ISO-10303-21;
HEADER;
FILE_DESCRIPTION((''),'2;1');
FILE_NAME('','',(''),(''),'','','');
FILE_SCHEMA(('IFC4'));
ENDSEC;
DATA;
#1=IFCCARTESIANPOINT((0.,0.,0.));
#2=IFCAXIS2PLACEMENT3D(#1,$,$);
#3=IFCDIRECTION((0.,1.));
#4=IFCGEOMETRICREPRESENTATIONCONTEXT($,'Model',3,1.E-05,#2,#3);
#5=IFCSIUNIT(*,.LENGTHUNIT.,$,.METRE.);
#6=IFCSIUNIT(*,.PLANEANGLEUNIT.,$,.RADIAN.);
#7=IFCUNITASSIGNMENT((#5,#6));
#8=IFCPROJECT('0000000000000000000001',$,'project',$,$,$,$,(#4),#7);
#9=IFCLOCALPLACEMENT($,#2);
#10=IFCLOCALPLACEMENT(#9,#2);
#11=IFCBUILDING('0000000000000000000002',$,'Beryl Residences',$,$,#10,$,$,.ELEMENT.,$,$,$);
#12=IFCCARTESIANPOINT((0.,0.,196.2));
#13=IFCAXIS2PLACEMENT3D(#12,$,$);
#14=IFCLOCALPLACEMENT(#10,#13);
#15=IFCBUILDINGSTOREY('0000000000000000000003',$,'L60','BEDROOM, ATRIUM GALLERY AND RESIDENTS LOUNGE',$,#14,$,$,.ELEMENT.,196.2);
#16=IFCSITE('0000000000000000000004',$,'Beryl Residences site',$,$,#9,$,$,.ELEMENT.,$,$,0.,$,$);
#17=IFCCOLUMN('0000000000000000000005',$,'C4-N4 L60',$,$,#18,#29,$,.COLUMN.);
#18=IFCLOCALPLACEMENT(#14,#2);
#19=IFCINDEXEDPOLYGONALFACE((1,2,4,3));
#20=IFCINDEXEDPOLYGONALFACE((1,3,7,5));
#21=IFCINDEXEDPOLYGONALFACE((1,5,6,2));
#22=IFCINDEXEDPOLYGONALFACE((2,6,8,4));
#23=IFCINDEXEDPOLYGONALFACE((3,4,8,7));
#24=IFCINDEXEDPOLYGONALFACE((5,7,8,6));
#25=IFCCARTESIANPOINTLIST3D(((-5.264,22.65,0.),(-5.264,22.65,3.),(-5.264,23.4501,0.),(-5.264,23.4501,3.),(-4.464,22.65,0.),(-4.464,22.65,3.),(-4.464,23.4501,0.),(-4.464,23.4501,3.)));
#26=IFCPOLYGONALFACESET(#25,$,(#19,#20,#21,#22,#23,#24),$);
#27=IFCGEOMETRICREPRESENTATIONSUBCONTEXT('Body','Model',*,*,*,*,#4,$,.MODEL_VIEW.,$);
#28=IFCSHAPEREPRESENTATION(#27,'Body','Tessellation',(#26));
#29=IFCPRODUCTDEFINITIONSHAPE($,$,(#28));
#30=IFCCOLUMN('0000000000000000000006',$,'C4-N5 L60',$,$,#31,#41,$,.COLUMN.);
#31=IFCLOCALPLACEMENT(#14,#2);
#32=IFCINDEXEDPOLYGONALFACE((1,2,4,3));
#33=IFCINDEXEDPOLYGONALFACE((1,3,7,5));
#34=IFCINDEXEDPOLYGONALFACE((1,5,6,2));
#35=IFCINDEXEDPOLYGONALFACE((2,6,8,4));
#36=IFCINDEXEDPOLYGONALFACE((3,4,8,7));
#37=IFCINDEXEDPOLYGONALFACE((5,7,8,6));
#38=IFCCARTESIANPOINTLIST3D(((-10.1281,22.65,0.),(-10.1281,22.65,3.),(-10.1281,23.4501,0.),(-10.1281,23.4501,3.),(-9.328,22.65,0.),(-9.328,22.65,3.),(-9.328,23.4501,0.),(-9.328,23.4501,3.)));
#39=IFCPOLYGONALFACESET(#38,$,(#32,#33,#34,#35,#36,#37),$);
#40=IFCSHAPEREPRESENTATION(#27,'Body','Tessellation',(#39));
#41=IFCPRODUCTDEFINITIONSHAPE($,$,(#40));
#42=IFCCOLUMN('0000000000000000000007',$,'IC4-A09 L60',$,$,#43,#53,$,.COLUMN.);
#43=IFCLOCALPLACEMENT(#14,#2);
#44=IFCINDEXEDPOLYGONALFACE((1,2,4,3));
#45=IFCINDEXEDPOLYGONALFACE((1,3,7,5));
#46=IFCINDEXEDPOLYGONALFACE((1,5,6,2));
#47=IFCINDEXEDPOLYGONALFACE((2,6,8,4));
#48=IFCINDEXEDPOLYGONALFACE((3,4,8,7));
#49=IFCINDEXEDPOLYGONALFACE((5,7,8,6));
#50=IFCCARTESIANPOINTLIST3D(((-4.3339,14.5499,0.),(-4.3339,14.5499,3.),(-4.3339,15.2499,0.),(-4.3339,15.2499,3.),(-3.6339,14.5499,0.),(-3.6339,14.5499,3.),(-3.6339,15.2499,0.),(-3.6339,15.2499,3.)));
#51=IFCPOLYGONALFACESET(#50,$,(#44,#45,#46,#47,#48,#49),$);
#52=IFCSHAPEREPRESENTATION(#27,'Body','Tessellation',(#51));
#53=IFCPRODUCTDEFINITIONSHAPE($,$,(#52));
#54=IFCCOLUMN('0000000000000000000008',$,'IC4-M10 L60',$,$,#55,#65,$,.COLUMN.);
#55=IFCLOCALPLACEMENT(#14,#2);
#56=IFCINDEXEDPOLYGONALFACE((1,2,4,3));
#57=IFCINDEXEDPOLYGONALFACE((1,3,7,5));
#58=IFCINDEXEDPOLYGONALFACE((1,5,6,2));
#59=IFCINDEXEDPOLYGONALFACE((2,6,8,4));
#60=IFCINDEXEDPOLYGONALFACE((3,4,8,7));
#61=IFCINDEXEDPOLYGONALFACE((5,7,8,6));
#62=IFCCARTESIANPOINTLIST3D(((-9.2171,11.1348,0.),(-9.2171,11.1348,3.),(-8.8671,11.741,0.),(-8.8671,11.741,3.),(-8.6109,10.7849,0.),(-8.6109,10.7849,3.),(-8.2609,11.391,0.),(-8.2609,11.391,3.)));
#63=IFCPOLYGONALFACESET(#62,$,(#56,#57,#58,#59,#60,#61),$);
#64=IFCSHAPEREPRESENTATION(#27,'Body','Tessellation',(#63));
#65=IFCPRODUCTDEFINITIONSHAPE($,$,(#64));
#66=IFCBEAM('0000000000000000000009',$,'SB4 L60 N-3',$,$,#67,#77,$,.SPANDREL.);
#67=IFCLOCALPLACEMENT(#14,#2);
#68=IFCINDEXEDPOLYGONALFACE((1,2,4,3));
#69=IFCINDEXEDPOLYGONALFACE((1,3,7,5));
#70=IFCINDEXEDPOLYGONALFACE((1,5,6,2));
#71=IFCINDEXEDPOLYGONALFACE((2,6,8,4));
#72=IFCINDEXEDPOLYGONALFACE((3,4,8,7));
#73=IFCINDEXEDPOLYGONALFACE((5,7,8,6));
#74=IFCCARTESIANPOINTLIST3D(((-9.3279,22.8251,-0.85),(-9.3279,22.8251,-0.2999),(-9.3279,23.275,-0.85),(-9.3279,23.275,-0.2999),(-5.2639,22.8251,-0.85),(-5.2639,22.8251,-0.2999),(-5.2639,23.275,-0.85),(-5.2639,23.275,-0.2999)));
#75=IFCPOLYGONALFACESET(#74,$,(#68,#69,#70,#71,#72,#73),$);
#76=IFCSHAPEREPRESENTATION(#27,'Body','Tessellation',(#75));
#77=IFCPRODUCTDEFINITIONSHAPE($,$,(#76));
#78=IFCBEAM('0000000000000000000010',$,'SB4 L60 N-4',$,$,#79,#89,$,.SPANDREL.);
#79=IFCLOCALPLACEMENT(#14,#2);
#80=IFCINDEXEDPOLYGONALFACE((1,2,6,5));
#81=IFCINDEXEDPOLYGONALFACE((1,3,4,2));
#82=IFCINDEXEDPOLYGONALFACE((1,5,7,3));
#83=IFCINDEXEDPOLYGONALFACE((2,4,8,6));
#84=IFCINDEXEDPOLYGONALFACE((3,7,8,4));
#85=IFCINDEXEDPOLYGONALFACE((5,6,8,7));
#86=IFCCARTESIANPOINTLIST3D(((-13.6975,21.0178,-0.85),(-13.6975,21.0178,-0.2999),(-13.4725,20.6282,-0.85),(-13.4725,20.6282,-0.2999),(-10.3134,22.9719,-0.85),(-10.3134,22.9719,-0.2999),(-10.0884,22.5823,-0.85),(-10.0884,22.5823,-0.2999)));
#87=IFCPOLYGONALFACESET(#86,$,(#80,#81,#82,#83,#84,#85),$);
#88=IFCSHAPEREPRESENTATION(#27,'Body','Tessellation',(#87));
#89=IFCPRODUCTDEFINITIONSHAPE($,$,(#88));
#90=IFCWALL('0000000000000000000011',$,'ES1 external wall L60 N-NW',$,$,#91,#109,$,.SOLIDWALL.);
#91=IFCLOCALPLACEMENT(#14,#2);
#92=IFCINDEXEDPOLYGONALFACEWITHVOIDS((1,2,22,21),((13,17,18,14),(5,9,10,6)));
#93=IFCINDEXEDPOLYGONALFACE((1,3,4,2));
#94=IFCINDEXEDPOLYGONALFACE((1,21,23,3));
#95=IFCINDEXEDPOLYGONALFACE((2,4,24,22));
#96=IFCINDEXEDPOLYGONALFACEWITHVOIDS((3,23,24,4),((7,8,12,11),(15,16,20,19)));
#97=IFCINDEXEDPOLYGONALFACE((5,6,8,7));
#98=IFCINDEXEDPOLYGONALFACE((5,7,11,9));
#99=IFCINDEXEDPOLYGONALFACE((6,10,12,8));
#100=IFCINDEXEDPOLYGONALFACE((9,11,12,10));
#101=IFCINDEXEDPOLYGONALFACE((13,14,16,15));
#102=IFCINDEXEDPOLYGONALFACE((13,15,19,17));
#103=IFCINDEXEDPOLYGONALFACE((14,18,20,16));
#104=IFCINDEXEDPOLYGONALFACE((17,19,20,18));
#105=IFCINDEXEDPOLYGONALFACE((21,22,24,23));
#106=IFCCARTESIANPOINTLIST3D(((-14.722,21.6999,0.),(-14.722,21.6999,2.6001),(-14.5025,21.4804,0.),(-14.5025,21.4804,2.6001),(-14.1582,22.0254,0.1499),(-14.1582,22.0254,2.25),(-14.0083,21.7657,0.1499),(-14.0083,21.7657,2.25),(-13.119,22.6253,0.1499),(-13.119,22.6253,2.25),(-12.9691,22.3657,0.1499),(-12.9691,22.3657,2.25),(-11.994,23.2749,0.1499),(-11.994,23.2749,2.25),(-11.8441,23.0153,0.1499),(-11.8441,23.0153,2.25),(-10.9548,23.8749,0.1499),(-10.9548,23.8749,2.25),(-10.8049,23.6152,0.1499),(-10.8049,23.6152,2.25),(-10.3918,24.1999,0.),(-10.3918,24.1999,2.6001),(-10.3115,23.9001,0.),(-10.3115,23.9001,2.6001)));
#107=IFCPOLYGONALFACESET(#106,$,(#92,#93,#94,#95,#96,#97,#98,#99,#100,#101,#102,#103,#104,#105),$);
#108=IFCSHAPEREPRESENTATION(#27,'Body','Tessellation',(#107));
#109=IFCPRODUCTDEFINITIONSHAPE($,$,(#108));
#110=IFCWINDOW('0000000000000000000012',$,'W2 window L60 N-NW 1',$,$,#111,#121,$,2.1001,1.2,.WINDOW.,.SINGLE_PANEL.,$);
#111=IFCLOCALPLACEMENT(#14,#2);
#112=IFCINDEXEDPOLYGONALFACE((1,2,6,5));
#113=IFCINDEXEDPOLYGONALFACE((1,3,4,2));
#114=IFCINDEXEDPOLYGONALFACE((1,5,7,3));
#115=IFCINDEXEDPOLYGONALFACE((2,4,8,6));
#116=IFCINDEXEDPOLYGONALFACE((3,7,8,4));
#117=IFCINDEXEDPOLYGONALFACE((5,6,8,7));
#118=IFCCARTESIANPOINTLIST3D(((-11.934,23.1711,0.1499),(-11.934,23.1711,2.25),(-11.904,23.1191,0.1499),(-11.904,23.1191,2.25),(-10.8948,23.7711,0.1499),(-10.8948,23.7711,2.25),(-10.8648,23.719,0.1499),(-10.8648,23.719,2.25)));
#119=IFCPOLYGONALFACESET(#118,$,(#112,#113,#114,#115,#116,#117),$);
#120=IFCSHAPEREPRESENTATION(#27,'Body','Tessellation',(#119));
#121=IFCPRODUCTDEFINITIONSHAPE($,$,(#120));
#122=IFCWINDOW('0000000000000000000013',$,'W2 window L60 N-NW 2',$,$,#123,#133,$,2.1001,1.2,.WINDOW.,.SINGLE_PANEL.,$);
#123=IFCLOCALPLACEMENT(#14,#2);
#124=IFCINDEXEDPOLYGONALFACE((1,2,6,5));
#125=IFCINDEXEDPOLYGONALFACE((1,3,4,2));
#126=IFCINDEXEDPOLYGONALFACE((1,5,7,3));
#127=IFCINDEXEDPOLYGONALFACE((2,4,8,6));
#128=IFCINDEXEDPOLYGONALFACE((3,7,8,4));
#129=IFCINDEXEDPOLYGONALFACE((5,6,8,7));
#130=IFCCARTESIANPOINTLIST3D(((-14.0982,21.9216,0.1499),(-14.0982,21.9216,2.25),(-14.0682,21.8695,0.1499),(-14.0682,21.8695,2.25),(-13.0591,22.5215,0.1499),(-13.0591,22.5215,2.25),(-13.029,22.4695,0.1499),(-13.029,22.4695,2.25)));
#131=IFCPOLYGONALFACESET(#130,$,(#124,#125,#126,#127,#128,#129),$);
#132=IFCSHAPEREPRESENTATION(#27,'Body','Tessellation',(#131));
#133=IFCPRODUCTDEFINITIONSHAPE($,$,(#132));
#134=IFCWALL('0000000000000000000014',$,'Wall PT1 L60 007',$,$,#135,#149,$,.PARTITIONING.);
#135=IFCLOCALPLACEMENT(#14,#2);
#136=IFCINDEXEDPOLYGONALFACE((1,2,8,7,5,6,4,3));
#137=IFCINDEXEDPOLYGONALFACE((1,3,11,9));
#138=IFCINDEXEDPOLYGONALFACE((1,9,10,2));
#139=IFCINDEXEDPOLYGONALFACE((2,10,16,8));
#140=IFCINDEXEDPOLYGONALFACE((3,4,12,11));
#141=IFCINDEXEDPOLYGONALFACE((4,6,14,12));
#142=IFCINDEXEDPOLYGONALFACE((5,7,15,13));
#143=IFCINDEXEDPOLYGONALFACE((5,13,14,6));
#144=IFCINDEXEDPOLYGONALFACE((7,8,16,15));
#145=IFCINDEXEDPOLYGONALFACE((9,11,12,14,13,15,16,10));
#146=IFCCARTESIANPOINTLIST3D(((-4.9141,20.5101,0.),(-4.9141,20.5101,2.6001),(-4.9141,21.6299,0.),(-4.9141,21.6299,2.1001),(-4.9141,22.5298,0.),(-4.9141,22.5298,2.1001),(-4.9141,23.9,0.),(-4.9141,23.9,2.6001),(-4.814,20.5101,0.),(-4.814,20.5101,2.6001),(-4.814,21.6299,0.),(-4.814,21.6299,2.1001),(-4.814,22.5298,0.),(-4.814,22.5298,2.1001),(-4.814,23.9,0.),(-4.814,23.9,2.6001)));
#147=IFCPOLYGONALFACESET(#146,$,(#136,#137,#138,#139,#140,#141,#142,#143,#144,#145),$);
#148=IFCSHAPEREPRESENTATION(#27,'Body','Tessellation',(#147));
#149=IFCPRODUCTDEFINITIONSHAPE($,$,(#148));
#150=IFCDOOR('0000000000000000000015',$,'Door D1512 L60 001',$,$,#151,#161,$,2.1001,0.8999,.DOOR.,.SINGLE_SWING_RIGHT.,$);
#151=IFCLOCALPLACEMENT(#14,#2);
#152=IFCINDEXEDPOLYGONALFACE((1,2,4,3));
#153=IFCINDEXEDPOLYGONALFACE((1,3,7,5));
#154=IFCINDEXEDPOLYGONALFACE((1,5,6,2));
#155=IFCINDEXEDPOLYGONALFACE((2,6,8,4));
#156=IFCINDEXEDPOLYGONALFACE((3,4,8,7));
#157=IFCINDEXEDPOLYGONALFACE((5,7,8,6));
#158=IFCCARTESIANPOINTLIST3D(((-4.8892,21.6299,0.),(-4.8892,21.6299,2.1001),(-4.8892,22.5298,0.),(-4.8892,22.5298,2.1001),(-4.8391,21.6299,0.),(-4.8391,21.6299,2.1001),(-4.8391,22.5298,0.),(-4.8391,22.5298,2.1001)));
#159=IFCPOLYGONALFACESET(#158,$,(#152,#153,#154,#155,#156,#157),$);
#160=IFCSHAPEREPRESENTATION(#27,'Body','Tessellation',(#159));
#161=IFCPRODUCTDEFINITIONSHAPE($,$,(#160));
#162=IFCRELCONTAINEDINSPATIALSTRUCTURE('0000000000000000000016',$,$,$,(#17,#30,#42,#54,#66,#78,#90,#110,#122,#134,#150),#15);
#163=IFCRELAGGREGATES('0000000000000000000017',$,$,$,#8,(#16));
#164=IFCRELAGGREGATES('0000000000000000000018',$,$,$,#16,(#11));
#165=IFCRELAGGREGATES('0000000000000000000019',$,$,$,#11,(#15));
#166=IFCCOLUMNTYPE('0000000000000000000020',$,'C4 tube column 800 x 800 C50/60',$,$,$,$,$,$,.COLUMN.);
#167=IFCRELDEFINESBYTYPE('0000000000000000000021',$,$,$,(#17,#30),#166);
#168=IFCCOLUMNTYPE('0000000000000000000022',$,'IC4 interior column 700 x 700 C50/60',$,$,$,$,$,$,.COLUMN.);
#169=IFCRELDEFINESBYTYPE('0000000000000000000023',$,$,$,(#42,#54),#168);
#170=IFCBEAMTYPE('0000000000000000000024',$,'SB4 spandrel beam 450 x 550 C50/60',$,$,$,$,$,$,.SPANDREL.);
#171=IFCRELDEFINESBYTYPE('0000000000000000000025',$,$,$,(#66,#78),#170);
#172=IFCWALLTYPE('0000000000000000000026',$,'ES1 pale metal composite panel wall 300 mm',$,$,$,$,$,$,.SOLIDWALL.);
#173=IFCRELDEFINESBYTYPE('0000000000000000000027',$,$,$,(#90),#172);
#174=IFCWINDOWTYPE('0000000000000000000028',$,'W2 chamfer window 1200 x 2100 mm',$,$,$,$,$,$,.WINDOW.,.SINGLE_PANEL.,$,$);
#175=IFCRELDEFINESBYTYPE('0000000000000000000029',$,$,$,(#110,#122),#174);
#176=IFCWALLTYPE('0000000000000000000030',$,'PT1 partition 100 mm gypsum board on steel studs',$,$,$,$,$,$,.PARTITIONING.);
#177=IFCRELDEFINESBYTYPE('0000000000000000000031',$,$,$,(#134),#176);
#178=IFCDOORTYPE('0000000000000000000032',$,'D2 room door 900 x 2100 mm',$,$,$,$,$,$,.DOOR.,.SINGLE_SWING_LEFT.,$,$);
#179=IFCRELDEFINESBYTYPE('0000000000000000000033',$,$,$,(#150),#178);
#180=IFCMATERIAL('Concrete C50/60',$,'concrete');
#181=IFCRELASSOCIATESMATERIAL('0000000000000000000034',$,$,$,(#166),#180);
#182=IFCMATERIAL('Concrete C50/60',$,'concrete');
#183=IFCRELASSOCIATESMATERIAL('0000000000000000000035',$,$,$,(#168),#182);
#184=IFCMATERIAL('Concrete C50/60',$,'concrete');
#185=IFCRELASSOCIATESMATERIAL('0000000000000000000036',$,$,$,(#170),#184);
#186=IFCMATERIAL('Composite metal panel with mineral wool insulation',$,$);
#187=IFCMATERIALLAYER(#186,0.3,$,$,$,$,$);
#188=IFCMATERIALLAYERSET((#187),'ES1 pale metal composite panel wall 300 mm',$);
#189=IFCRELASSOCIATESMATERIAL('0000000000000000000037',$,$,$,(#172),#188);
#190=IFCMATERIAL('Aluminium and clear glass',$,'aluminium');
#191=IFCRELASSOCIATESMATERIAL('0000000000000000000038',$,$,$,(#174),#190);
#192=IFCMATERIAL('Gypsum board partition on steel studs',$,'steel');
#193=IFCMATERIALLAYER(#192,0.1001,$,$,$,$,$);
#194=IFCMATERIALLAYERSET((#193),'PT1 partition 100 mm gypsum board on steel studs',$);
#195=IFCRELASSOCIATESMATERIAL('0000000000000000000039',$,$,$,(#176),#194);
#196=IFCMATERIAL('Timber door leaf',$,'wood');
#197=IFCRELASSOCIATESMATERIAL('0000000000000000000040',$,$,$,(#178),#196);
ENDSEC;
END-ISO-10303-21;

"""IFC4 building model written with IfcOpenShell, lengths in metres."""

from ifc_helpers import new_model, si_unit, direction, frame, frame_2d, origin, origin_2d, place, context, subcontext, project, spatial, polyline, rectangle, outline, extrude, material, layer, layer_set, material_profile, profile_set, type_object, element, fill, save


model = new_model("IFC4")

# Units and contexts
model_context = context("Model", 3, precision=1e-05, world=origin(), true_north=direction((0.0, 1.0)))
body_context = subcontext(model_context, "Body", "Model", "MODEL_VIEW")
ifc_project = project(units=[si_unit("LENGTHUNIT", "METRE"), si_unit("PLANEANGLEUNIT", "RADIAN")], contexts=[model_context])

# Site, building, storey
site_placement = place(None, origin())
site = spatial("IfcSite", under=ifc_project, at=site_placement, Name="Beryl Residences site", CompositionType="ELEMENT", RefElevation=0.0)
building_placement = place(site_placement, origin())
building = spatial("IfcBuilding", under=site, at=building_placement, Name="Beryl Residences", CompositionType="ELEMENT")
storey_placement = place(building_placement, frame((0.0, 0.0, 196.2)))
storey = spatial("IfcBuildingStorey", under=building, at=storey_placement, Name="L60", Description="BEDROOM, ATRIUM GALLERY AND RESIDENTS LOUNGE", CompositionType="ELEMENT", Elevation=196.2)

# Columns
ifc_material_1 = material(Name="Concrete C50/60", Category="concrete")
ifc_material_profile_1 = material_profile(ifc_material_1, rectangle(XDim=0.8, YDim=0.8, at=origin_2d()))
ifc_profile_set_1 = profile_set([ifc_material_profile_1], Name="Concrete C50/60")
column_type_1 = type_object("IfcColumnType", Name="C4 tube column 800 x 800 C50/60", PredefinedType="COLUMN", material=ifc_profile_set_1)
for number, where, z_axis, x_axis, name in (
    (1, (-4.864, 23.05, 0.0), (0.0, 0.0, 1.0), (-1.0, 0.0, 0.0), "C4-N4 L60"),
    (2, (-9.728, 23.05, 0.0), (0.0, 0.0, 1.0), (-1.0, 0.0, 0.0), "C4-N5 L60"),
):
    element("IfcColumn", number, at=place(storey_placement, frame(where, z_axis=z_axis, x_axis=x_axis)), inside=storey, type_object=column_type_1, Name=name, PredefinedType="COLUMN", context=body_context, shape_type="SweptSolid", body=[
        extrude(rectangle(XDim=0.8, YDim=0.8, at=origin_2d()), origin(), (0.0, 0.0, 1.0), 3.0),
    ])
ifc_material_2 = material(Name="Concrete C50/60", Category="concrete")
ifc_material_profile_2 = material_profile(ifc_material_2, rectangle(XDim=0.7, YDim=0.7, at=origin_2d()))
ifc_profile_set_2 = profile_set([ifc_material_profile_2], Name="Concrete C50/60")
column_type_2 = type_object("IfcColumnType", Name="IC4 interior column 700 x 700 C50/60", PredefinedType="COLUMN", material=ifc_profile_set_2)
for number, where, z_axis, x_axis, name in (
    (3, (-3.9839, 14.8999, 0.0), (0.0, 0.0, 1.0), (1.0, 0.0, 0.0), "IC4-A09 L60"),
    (4, (-8.739, 11.2629, 0.0), (0.0, 0.0, 1.0), (-0.5, -0.866025, 0.0), "IC4-M10 L60"),
):
    element("IfcColumn", number, at=place(storey_placement, frame(where, z_axis=z_axis, x_axis=x_axis)), inside=storey, type_object=column_type_2, Name=name, PredefinedType="COLUMN", context=body_context, shape_type="SweptSolid", body=[
        extrude(rectangle(XDim=0.7, YDim=0.7, at=origin_2d()), origin(), (0.0, 0.0, 1.0), 3.0),
    ])

# Beams
ifc_material_3 = material(Name="Concrete C50/60", Category="concrete")
ifc_material_profile_3 = material_profile(ifc_material_3, rectangle(XDim=0.45, YDim=0.55, at=origin_2d()))
ifc_profile_set_3 = profile_set([ifc_material_profile_3], Name="Concrete C50/60")
beam_type = type_object("IfcBeamType", Name="SB4 spandrel beam 450 x 550 C50/60", PredefinedType="SPANDREL", material=ifc_profile_set_3)
beam_1_placement = place(storey_placement, frame((-5.2639, 23.05, -0.575), z_axis=(-1.0, 0.0, 0.0), x_axis=(0.0, -1.0, 0.0)))
element("IfcBeam", 5, at=beam_1_placement, inside=storey, type_object=beam_type, Name="SB4 L60 N-3", PredefinedType="SPANDREL", context=body_context, shape_type="SweptSolid", body=[
    extrude(rectangle(XDim=0.45, YDim=0.55, at=origin_2d()), origin(), (0.0, 0.0, 1.0), 4.064),
])
beam_2_placement = place(storey_placement, frame((-10.2009, 22.7771, -0.575), z_axis=(-0.865989, -0.500063, 0.0), x_axis=(0.500063, -0.865989, 0.0)))
element("IfcBeam", 6, at=beam_2_placement, inside=storey, type_object=beam_type, Name="SB4 L60 N-4", PredefinedType="SPANDREL", context=body_context, shape_type="SweptSolid", body=[
    extrude(rectangle(XDim=0.45, YDim=0.55, at=origin_2d()), origin(), (0.0, 0.0, 1.0), 3.9077),
])

# Wall, openings, windows
ifc_material_4 = material(Name="Composite metal panel with mineral wool insulation")
ifc_layer_1 = layer(ifc_material_4, 0.3)
ifc_layer_set_1 = layer_set([ifc_layer_1], Name="ES1 pale metal composite panel wall 300 mm")
wall_type_1 = type_object("IfcWallType", Name="ES1 pale metal composite panel wall 300 mm", PredefinedType="SOLIDWALL", material=ifc_layer_set_1)
wall_1_placement = place(storey_placement, frame((-10.3169, 24.0701, 0.0), z_axis=(0.0, 0.0, 1.0), x_axis=(-0.866023, -0.500004, 0.0)))
wall_1 = element("IfcWall", 7, at=wall_1_placement, inside=storey, type_object=wall_type_1, Name="ES1 external wall L60 N-NW", PredefinedType="SOLIDWALL", context=body_context, shape_type="SweptSolid", body=[
    extrude(outline(polyline([(0.0, -0.1499), (5.0, -0.1499), (4.9197, 0.1499), (0.0803, 0.1499), (0.0, -0.1499)])), origin(), (0.0, 0.0, 1.0), 2.6001),
])
opening_1_placement = place(wall_1_placement, frame((0.6499, 0.0, 0.1499)))
opening_1 = element("IfcOpeningElement", 8, at=opening_1_placement, cuts=wall_1, PredefinedType="OPENING", context=body_context, shape_type="SweptSolid", body=[
    extrude(rectangle(XDim=1.2, YDim=2.1001, at=frame_2d((0.6001, 1.05))), frame((0.0, 0.1599, 0.0), z_axis=(0.0, -1.0, 0.0), x_axis=(1.0, 0.0, 0.0)), (0.0, 0.0, 1.0), 0.3201),
])
opening_2_placement = place(wall_1_placement, frame((3.1489, 0.0, 0.1499)))
opening_2 = element("IfcOpeningElement", 9, at=opening_2_placement, cuts=wall_1, PredefinedType="OPENING", context=body_context, shape_type="SweptSolid", body=[
    extrude(rectangle(XDim=1.2, YDim=2.1001, at=frame_2d((0.6001, 1.05))), frame((0.0, 0.1599, 0.0), z_axis=(0.0, -1.0, 0.0), x_axis=(1.0, 0.0, 0.0)), (0.0, 0.0, 1.0), 0.3201),
])
ifc_material_5 = material(Name="Aluminium and clear glass", Category="aluminium")
window_type = type_object("IfcWindowType", Name="W2 chamfer window 1200 x 2100 mm", PartitioningType="SINGLE_PANEL", PredefinedType="WINDOW", material=ifc_material_5)
window_1_placement = place(opening_1_placement, origin())
window_1 = element("IfcWindow", 10, at=window_1_placement, inside=storey, type_object=window_type, Name="W2 window L60 N-NW 1", OverallHeight=2.1001, OverallWidth=1.2, PartitioningType="SINGLE_PANEL", PredefinedType="WINDOW", context=body_context, shape_type="SweptSolid", body=[
    extrude(rectangle(XDim=1.2, YDim=2.1001, at=frame_2d((0.6001, 1.05))), frame((0.0, 0.03, 0.0), z_axis=(0.0, -1.0, 0.0), x_axis=(1.0, 0.0, 0.0)), (0.0, 0.0, 1.0), 0.0601),
])
fill(opening_1, window_1)
window_2_placement = place(opening_2_placement, origin())
window_2 = element("IfcWindow", 11, at=window_2_placement, inside=storey, type_object=window_type, Name="W2 window L60 N-NW 2", OverallHeight=2.1001, OverallWidth=1.2, PartitioningType="SINGLE_PANEL", PredefinedType="WINDOW", context=body_context, shape_type="SweptSolid", body=[
    extrude(rectangle(XDim=1.2, YDim=2.1001, at=frame_2d((0.6001, 1.05))), frame((0.0, 0.03, 0.0), z_axis=(0.0, -1.0, 0.0), x_axis=(1.0, 0.0, 0.0)), (0.0, 0.0, 1.0), 0.0601),
])
fill(opening_2, window_2)

# Wall, opening, door
ifc_material_6 = material(Name="Gypsum board partition on steel studs", Category="steel")
ifc_layer_2 = layer(ifc_material_6, 0.1001)
ifc_layer_set_2 = layer_set([ifc_layer_2], Name="PT1 partition 100 mm gypsum board on steel studs")
wall_type_2 = type_object("IfcWallType", Name="PT1 partition 100 mm gypsum board on steel studs", PredefinedType="PARTITIONING", material=ifc_layer_set_2)
wall_2_placement = place(storey_placement, frame((-4.864, 23.8999, 0.0), z_axis=(0.0, 0.0, 1.0), x_axis=(0.0, -1.0, 0.0)))
wall_2 = element("IfcWall", 12, at=wall_2_placement, inside=storey, type_object=wall_type_2, Name="Wall PT1 L60 007", PredefinedType="PARTITIONING", context=body_context, shape_type="SweptSolid", body=[
    extrude(rectangle(XDim=3.3899, YDim=0.1001, at=frame_2d((1.6948, 0.0))), origin(), (0.0, 0.0, 1.0), 2.6001),
])
opening_3_placement = place(wall_2_placement, frame((1.3701, 0.0, 0.0)))
opening_3 = element("IfcOpeningElement", 13, at=opening_3_placement, cuts=wall_2, PredefinedType="OPENING", context=body_context, shape_type="SweptSolid", body=[
    extrude(rectangle(XDim=0.8999, YDim=2.1001, at=frame_2d((0.45, 1.05))), frame((0.0, 0.0601, 0.0), z_axis=(0.0, -1.0, 0.0), x_axis=(1.0, 0.0, 0.0)), (0.0, 0.0, 1.0), 0.1201),
])
ifc_material_7 = material(Name="Timber door leaf", Category="wood")
door_type_1 = type_object("IfcDoorType", Name="D2 room door 900 x 2100 mm", OperationType="SINGLE_SWING_LEFT", PredefinedType="DOOR", material=ifc_material_7)
door_1_placement = place(opening_3_placement, origin())
door_1 = element("IfcDoor", 14, at=door_1_placement, inside=storey, type_object=door_type_1, Name="Door D1512 L60 001", OperationType="SINGLE_SWING_RIGHT", OverallHeight=2.1001, OverallWidth=0.8999, PredefinedType="DOOR", context=body_context, shape_type="SweptSolid", body=[
    extrude(rectangle(XDim=0.8999, YDim=2.1001, at=frame_2d((0.45, 1.05))), frame((0.0, 0.0249, 0.0), z_axis=(0.0, -1.0, 0.0), x_axis=(1.0, 0.0, 0.0)), (0.0, 0.0, 1.0), 0.05),
])
fill(opening_3, door_1)

save(model, "model.ifc")
